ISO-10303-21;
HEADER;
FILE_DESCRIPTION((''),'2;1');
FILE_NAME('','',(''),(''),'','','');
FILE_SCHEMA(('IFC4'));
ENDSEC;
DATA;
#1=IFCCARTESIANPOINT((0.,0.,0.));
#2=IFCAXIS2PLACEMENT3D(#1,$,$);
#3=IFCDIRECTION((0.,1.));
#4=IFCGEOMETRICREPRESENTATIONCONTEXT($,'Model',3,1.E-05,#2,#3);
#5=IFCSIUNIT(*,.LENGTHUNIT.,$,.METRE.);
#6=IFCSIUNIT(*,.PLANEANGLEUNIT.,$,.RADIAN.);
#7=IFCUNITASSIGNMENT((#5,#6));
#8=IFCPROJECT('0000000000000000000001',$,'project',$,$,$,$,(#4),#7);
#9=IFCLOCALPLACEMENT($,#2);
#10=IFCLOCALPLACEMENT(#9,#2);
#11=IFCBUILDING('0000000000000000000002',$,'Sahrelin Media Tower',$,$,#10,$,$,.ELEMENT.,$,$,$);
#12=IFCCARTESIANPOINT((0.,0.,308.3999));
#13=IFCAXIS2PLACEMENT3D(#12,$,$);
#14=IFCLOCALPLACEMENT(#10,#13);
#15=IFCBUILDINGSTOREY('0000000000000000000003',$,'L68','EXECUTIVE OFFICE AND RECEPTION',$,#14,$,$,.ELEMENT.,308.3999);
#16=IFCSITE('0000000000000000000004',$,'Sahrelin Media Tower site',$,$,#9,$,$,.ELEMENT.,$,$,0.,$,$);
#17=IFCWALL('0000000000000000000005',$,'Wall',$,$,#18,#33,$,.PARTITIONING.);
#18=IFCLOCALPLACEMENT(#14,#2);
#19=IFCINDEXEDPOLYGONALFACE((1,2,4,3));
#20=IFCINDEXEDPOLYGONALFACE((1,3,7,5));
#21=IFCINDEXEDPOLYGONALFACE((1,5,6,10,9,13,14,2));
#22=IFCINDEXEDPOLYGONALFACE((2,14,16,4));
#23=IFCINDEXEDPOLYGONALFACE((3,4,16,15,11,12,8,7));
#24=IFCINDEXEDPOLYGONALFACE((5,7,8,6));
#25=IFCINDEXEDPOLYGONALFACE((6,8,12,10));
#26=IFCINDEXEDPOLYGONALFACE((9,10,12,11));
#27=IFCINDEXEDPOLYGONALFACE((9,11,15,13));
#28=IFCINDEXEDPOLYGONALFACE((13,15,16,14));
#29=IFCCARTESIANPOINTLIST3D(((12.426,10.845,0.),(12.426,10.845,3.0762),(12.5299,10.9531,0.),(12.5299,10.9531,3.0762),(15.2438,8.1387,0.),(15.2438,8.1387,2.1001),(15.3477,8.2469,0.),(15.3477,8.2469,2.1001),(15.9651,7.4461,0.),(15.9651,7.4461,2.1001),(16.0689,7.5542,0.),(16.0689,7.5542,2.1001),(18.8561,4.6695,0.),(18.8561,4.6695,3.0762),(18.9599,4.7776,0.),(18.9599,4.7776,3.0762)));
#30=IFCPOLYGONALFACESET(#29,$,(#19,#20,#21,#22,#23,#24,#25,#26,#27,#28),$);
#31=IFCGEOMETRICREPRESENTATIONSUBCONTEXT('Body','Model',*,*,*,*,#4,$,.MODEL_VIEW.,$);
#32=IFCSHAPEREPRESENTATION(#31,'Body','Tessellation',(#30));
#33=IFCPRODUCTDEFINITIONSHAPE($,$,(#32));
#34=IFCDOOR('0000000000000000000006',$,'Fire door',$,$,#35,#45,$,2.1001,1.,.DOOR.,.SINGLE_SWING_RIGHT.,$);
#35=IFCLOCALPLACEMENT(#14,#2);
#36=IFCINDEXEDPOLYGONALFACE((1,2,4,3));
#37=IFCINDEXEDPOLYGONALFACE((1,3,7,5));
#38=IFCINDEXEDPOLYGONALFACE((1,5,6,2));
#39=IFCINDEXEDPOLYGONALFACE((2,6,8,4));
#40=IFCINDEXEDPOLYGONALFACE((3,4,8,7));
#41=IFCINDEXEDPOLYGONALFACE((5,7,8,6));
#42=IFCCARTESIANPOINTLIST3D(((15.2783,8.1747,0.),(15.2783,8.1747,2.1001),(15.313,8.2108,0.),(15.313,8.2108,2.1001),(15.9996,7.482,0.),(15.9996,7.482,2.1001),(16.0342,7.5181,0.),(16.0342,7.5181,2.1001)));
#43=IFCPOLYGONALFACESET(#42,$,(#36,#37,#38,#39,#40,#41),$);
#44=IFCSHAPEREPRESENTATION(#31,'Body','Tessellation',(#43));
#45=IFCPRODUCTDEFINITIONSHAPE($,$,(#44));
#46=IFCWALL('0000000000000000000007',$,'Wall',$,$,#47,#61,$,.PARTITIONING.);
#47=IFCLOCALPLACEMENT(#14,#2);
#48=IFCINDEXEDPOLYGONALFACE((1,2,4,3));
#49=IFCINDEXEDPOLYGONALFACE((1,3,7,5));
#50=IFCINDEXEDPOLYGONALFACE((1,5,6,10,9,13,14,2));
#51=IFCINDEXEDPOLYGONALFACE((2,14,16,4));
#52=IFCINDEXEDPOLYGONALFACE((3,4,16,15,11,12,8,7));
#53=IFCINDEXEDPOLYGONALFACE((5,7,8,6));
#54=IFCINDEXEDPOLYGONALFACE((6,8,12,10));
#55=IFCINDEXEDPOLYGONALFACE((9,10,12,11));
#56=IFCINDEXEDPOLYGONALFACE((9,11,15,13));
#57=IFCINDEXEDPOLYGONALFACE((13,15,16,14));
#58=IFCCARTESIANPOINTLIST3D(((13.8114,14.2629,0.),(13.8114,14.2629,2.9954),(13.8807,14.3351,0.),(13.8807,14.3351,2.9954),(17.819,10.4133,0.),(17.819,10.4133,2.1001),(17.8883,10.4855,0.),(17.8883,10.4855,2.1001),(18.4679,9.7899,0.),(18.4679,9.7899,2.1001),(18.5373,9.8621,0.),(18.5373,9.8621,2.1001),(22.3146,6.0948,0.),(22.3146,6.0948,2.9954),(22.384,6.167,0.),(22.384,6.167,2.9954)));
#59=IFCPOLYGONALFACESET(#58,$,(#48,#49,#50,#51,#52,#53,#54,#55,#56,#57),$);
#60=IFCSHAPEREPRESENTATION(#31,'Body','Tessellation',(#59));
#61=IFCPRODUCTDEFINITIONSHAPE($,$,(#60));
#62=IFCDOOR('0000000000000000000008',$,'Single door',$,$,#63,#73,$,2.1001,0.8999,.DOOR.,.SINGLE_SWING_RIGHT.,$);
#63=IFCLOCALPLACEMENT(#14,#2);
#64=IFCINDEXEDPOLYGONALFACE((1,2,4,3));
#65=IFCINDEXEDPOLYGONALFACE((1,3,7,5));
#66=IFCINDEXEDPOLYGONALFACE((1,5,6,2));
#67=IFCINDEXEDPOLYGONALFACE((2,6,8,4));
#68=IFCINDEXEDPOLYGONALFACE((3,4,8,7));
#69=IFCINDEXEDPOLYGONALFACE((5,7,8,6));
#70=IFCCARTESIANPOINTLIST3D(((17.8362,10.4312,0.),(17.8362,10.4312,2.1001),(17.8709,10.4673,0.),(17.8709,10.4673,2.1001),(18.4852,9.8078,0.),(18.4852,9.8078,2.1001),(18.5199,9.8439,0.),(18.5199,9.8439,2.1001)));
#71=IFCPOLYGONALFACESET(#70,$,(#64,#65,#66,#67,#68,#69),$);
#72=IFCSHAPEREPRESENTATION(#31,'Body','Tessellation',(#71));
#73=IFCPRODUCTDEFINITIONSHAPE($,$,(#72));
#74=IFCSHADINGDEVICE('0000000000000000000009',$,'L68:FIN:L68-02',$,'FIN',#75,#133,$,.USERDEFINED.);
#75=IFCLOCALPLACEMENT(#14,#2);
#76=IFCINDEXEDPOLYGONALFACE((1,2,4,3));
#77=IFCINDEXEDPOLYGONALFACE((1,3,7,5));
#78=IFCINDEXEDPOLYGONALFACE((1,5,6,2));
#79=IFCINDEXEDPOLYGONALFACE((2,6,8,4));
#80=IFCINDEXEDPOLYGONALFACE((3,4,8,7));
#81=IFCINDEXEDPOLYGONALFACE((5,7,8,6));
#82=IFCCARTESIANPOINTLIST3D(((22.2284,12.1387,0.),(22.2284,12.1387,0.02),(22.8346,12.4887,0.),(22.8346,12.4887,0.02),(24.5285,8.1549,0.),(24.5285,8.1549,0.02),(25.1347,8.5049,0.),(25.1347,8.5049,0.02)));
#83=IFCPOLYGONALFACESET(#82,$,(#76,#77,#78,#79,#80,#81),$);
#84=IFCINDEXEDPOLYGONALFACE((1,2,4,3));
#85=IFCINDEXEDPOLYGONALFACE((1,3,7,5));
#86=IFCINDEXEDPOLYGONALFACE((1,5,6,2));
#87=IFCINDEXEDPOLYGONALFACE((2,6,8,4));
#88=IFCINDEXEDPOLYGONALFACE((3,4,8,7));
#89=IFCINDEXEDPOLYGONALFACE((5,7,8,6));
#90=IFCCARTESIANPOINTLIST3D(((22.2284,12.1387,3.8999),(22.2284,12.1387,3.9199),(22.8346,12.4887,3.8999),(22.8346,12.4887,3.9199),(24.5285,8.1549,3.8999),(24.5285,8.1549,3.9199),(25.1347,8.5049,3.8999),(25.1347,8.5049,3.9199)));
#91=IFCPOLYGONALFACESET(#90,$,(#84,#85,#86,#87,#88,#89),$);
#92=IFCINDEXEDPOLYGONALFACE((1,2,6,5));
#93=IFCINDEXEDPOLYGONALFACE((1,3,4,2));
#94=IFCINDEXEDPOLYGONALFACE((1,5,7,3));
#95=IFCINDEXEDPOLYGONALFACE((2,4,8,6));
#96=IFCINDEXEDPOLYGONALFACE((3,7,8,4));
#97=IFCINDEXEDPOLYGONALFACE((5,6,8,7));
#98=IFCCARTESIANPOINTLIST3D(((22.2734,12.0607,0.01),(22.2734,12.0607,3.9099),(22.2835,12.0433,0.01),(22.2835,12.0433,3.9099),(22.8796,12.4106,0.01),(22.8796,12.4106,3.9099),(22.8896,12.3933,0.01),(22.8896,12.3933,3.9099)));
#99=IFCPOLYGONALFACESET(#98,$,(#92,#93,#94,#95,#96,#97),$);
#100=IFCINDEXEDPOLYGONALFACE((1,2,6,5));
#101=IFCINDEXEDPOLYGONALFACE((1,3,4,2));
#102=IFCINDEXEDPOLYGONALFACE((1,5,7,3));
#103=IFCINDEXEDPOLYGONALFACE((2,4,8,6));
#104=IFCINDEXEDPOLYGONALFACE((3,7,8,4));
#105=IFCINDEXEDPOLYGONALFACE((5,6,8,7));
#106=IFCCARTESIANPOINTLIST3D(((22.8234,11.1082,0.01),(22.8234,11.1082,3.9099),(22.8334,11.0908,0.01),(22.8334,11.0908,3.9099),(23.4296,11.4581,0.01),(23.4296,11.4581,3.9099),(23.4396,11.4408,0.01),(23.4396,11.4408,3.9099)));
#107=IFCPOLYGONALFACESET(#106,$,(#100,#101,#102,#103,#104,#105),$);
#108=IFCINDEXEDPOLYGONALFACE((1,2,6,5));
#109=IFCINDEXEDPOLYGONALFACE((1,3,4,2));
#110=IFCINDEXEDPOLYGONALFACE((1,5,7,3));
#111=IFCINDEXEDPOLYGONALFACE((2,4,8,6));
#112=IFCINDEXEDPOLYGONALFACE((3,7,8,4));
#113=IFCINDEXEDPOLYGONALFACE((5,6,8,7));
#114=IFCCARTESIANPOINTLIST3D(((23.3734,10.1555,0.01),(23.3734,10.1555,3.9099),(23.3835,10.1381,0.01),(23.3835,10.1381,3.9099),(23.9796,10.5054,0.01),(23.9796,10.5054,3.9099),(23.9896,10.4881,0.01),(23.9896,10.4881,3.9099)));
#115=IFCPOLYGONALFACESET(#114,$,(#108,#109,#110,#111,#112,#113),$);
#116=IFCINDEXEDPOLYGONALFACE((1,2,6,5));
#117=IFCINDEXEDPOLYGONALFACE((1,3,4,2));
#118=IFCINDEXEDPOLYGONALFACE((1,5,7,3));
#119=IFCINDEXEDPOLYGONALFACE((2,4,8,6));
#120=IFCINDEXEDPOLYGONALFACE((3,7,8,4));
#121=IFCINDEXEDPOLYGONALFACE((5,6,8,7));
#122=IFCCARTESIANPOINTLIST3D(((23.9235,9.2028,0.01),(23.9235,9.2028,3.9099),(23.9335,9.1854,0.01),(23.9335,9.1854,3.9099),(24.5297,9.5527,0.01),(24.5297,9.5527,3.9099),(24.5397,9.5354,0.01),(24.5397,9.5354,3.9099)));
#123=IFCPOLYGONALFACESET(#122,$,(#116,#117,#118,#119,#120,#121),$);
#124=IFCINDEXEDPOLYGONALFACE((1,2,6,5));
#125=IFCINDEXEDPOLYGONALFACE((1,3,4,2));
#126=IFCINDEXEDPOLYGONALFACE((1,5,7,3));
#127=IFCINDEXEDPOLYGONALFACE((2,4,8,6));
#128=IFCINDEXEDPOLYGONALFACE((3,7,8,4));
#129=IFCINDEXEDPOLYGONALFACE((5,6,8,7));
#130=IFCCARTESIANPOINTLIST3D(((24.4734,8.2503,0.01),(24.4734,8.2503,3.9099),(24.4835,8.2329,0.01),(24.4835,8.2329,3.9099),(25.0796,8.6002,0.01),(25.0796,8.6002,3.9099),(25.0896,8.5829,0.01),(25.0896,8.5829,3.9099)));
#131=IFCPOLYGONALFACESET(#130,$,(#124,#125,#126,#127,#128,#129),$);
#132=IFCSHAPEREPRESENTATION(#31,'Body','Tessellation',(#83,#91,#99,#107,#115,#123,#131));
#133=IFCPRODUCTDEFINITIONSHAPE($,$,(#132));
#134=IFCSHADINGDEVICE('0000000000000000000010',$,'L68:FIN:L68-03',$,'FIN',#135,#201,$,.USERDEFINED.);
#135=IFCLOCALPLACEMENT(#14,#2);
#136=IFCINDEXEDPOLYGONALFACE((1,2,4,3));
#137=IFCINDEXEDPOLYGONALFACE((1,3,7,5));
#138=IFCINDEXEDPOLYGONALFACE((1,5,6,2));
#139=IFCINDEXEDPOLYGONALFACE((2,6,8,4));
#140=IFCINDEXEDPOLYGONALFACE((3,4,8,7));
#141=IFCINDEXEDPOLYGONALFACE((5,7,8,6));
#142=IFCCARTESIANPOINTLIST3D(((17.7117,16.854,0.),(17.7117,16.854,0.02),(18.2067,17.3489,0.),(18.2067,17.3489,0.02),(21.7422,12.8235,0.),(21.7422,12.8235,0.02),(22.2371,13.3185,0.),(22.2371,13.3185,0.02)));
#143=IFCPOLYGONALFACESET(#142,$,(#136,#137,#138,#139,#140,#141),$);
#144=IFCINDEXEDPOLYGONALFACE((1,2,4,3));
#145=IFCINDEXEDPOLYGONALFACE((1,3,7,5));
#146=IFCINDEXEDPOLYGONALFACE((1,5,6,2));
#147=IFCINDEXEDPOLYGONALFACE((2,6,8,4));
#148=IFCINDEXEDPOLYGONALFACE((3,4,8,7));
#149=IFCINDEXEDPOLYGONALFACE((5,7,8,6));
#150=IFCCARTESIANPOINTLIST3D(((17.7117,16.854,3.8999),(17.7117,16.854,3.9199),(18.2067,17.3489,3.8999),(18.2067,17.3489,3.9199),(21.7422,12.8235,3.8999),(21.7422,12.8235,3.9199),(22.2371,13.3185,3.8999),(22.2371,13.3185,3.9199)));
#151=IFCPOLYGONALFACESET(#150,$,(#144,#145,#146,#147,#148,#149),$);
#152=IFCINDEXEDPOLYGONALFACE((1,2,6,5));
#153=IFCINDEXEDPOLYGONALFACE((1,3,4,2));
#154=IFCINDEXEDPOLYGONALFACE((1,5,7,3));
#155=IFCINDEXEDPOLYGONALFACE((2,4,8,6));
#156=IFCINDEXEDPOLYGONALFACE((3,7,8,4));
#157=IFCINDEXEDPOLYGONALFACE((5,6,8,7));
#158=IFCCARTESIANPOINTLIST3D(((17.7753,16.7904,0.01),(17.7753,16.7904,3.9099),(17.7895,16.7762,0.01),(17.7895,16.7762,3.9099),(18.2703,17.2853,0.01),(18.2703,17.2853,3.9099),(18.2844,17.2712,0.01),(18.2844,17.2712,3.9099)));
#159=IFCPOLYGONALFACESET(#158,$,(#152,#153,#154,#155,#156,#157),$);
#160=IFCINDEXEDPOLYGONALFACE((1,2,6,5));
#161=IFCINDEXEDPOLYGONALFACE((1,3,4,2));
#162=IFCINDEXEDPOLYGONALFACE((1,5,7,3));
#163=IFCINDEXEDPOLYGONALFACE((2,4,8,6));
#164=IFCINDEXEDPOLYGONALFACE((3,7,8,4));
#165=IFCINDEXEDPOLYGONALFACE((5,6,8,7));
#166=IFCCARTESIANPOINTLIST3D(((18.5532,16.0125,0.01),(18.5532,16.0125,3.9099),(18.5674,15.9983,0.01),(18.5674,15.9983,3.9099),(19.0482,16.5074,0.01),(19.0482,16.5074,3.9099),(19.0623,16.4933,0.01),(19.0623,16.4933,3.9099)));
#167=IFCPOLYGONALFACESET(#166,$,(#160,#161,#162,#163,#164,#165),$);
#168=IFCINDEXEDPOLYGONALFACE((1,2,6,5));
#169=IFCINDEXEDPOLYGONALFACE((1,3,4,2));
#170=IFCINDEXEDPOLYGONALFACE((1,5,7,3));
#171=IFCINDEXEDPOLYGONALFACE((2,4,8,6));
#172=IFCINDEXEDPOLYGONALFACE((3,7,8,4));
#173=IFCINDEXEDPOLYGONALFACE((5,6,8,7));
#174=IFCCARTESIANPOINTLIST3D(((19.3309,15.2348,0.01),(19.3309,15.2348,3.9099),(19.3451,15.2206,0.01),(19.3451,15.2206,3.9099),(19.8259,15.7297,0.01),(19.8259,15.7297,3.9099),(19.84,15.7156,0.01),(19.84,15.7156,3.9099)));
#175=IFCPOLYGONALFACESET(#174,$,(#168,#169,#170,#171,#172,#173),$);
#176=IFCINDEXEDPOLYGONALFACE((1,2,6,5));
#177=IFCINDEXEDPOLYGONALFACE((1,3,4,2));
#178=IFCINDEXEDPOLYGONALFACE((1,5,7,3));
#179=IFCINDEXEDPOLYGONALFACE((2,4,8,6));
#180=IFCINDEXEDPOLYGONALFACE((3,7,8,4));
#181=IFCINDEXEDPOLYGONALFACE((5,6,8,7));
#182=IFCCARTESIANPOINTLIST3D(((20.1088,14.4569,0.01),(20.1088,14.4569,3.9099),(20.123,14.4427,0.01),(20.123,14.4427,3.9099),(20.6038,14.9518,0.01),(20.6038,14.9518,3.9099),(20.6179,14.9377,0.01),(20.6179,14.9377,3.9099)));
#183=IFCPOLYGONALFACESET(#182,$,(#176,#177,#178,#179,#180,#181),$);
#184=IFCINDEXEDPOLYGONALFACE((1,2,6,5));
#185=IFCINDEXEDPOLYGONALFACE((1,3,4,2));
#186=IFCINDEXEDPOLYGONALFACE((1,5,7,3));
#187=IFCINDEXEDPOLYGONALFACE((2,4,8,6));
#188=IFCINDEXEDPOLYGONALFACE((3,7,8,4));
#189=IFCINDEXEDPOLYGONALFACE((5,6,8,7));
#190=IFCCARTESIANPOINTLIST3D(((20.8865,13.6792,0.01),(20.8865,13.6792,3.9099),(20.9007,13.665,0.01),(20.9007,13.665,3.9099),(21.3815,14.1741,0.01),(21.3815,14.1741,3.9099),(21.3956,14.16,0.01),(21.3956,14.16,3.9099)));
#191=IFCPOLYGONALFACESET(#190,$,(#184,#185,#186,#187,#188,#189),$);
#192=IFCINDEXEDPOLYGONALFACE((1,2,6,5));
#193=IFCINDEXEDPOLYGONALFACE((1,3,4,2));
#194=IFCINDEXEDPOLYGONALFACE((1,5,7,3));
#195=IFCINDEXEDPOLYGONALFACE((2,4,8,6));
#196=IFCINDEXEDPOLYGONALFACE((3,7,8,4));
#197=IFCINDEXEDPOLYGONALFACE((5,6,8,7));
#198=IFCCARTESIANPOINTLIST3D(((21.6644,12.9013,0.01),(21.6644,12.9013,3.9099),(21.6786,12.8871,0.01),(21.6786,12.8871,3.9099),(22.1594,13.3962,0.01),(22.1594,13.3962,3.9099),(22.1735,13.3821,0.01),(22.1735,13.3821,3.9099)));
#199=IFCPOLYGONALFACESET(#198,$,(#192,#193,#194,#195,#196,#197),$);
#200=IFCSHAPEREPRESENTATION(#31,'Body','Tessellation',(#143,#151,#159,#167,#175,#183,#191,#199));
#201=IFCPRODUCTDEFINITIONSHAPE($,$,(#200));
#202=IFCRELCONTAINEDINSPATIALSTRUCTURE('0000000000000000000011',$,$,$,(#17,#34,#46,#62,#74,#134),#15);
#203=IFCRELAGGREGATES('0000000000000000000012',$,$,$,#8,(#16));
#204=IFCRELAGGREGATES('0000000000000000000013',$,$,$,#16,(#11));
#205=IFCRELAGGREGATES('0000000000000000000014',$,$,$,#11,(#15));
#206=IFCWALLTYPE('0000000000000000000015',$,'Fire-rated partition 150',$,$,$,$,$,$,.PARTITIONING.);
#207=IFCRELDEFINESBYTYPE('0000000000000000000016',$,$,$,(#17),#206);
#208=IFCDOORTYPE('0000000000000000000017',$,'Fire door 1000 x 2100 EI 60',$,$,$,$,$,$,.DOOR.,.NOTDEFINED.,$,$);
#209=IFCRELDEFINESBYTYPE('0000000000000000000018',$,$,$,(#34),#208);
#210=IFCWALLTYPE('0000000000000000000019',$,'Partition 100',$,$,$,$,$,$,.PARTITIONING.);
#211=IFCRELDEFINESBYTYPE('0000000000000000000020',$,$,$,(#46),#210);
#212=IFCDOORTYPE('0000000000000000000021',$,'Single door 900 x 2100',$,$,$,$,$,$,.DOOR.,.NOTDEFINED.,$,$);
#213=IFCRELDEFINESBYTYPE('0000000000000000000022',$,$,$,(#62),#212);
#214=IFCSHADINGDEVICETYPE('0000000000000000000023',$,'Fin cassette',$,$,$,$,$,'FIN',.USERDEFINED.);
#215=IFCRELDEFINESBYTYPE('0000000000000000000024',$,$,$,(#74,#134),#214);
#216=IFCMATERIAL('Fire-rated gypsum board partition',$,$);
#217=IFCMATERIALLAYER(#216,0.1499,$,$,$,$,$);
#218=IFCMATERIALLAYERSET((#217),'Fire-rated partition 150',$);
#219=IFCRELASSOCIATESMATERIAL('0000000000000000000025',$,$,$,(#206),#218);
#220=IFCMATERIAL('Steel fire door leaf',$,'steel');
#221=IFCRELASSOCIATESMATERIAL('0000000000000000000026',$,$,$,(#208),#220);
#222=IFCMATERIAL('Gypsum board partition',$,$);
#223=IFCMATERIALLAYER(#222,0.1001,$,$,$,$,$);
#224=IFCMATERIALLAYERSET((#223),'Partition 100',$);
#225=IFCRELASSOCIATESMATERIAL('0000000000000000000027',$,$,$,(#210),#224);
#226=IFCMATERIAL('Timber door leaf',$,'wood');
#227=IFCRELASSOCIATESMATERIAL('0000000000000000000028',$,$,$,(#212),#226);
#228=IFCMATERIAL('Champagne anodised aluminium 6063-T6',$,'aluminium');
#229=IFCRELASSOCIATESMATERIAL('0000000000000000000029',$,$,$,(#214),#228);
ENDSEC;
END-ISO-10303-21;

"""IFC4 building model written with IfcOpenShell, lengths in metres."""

from ifc_helpers import new_model, si_unit, direction, frame, frame_2d, origin, origin_2d, place, context, subcontext, project, spatial, rectangle, extrude, material, layer, layer_set, type_object, element, fill, save


model = new_model("IFC4")

# Units and contexts
model_context = context("Model", 3, precision=1e-05, world=origin(), true_north=direction((0.0, 1.0)))
body_context = subcontext(model_context, "Body", "Model", "MODEL_VIEW")
ifc_project = project(units=[si_unit("LENGTHUNIT", "METRE"), si_unit("PLANEANGLEUNIT", "RADIAN")], contexts=[model_context])

# Site, building, storey
site_placement = place(None, origin())
site = spatial("IfcSite", under=ifc_project, at=site_placement, Name="Sahrelin Media Tower site", CompositionType="ELEMENT", RefElevation=0.0)
building_placement = place(site_placement, origin())
building = spatial("IfcBuilding", under=site, at=building_placement, Name="Sahrelin Media Tower", CompositionType="ELEMENT")
storey_placement = place(building_placement, frame((0.0, 0.0, 308.3999)))
storey = spatial("IfcBuildingStorey", under=building, at=storey_placement, Name="L68", Description="EXECUTIVE OFFICE AND RECEPTION", CompositionType="ELEMENT", Elevation=308.3999)

# Shared definitions
ifc_material_1 = material(Name="Champagne anodised aluminium 6063-T6", Category="aluminium")

# Walls, openings, doors
ifc_material_2 = material(Name="Fire-rated gypsum board partition")
ifc_layer_1 = layer(ifc_material_2, 0.1499)
ifc_layer_set_1 = layer_set([ifc_layer_1], Name="Fire-rated partition 150")
wall_type_1 = type_object("IfcWallType", Name="Fire-rated partition 150", PredefinedType="PARTITIONING", material=ifc_layer_set_1)
wall_1_placement = place(storey_placement, frame((12.478, 10.8989, 0.0), z_axis=(0.0, 0.0, 1.0), x_axis=(0.721243, -0.692682, 0.0)))
wall_1 = element("IfcWall", 1, at=wall_1_placement, inside=storey, type_object=wall_type_1, Name="Wall", PredefinedType="PARTITIONING", context=body_context, shape_type="SweptSolid", body=[
    extrude(rectangle(XDim=8.9153, YDim=0.1499, at=frame_2d((4.4575, 0.0))), origin(), (0.0, 0.0, 1.0), 3.0762),
])
opening_1_placement = place(wall_1_placement, frame((3.9067, 0.0, 0.0)))
opening_1 = element("IfcOpeningElement", 2, at=opening_1_placement, cuts=wall_1, PredefinedType="OPENING", context=body_context, shape_type="SweptSolid", body=[
    extrude(rectangle(XDim=1.0, YDim=2.1001, at=frame_2d((0.5, 1.05))), frame((0.0, 0.075, 0.0), z_axis=(0.0, -1.0, 0.0), x_axis=(1.0, 0.0, 0.0)), (0.0, 0.0, 1.0), 0.1499),
])
ifc_material_3 = material(Name="Steel fire door leaf", Category="steel")
door_type_1 = type_object("IfcDoorType", Name="Fire door 1000 x 2100 EI 60", OperationType="NOTDEFINED", PredefinedType="DOOR", material=ifc_material_3)
door_1_placement = place(opening_1_placement, origin())
door_1 = element("IfcDoor", 3, at=door_1_placement, inside=storey, type_object=door_type_1, Name="Fire door", OperationType="SINGLE_SWING_RIGHT", OverallHeight=2.1001, OverallWidth=1.0, PredefinedType="DOOR", context=body_context, shape_type="SweptSolid", body=[
    extrude(rectangle(XDim=1.0, YDim=2.1001, at=frame_2d((0.5, 1.05))), frame((0.0, 0.0249, 0.0), z_axis=(0.0, -1.0, 0.0), x_axis=(1.0, 0.0, 0.0)), (0.0, 0.0, 1.0), 0.05),
])
fill(opening_1, door_1)
ifc_material_4 = material(Name="Gypsum board partition")
ifc_layer_2 = layer(ifc_material_4, 0.1001)
ifc_layer_set_2 = layer_set([ifc_layer_2], Name="Partition 100")
wall_type_2 = type_object("IfcWallType", Name="Partition 100", PredefinedType="PARTITIONING", material=ifc_layer_set_2)
wall_2_placement = place(storey_placement, frame((13.8459, 14.2991, 0.0), z_axis=(0.0, 0.0, 1.0), x_axis=(0.721179, -0.692749, 0.0)))
wall_2 = element("IfcWall", 4, at=wall_2_placement, inside=storey, type_object=wall_type_2, Name="Wall", PredefinedType="PARTITIONING", context=body_context, shape_type="SweptSolid", body=[
    extrude(rectangle(XDim=11.7908, YDim=0.1001, at=frame_2d((5.8955, 0.0))), origin(), (0.0, 0.0, 1.0), 2.9954),
])
opening_2_placement = place(wall_2_placement, frame((5.5571, 0.0, 0.0)))
opening_2 = element("IfcOpeningElement", 5, at=opening_2_placement, cuts=wall_2, PredefinedType="OPENING", context=body_context, shape_type="SweptSolid", body=[
    extrude(rectangle(XDim=0.8999, YDim=2.1001, at=frame_2d((0.45, 1.05))), frame((0.0, 0.05, 0.0), z_axis=(0.0, -1.0, 0.0), x_axis=(1.0, 0.0, 0.0)), (0.0, 0.0, 1.0), 0.1001),
])
ifc_material_5 = material(Name="Timber door leaf", Category="wood")
door_type_2 = type_object("IfcDoorType", Name="Single door 900 x 2100", OperationType="NOTDEFINED", PredefinedType="DOOR", material=ifc_material_5)
door_2_placement = place(opening_2_placement, origin())
door_2 = element("IfcDoor", 6, at=door_2_placement, inside=storey, type_object=door_type_2, Name="Single door", OperationType="SINGLE_SWING_RIGHT", OverallHeight=2.1001, OverallWidth=0.8999, PredefinedType="DOOR", context=body_context, shape_type="SweptSolid", body=[
    extrude(rectangle(XDim=0.8999, YDim=2.1001, at=frame_2d((0.45, 1.05))), frame((0.0, 0.0249, 0.0), z_axis=(0.0, -1.0, 0.0), x_axis=(1.0, 0.0, 0.0)), (0.0, 0.0, 1.0), 0.05),
])
fill(opening_2, door_2)

# Shading devices
shading_device_type_1 = type_object("IfcShadingDeviceType", Name="Fin cassette", ElementType="FIN", PredefinedType="USERDEFINED", material=ifc_material_1)
placement_1 = place(storey_placement, frame((23.3179, 10.1118, 0.0), z_axis=(0.0, 0.0, 1.0), x_axis=(0.500011, -0.866019, 0.0)))
element("IfcShadingDevice", 7, at=placement_1, inside=storey, type_object=shading_device_type_1, Name="L68:FIN:L68-02", ObjectType="FIN", PredefinedType="USERDEFINED", context=body_context, shape_type="SweptSolid", body=[
    extrude(rectangle(XDim=4.6001, YDim=0.7, at=origin_2d()), frame((0.0, 0.4199, 0.0)), (0.0, 0.0, 1.0), 0.02),
    extrude(rectangle(XDim=4.6001, YDim=0.7, at=origin_2d()), frame((0.0, 0.4199, 3.8999)), (0.0, 0.0, 1.0), 0.02),
    extrude(rectangle(XDim=0.02, YDim=0.7, at=origin_2d()), frame((-2.2, 0.4199, 0.01), z_axis=(0.0, 0.0, 1.0), x_axis=(1.0, 0.0, 0.0)), (0.0, 0.0, 1.0), 3.8999),
    extrude(rectangle(XDim=0.02, YDim=0.7, at=origin_2d()), frame((-1.1001, 0.4199, 0.01), z_axis=(0.0, 0.0, 1.0), x_axis=(1.0, 0.0, 0.0)), (0.0, 0.0, 1.0), 3.8999),
    extrude(rectangle(XDim=0.02, YDim=0.7, at=origin_2d()), frame((0.0, 0.4199, 0.01), z_axis=(0.0, 0.0, 1.0), x_axis=(1.0, 0.0, 0.0)), (0.0, 0.0, 1.0), 3.8999),
    extrude(rectangle(XDim=0.02, YDim=0.7, at=origin_2d()), frame((1.1001, 0.4199, 0.01), z_axis=(0.0, 0.0, 1.0), x_axis=(1.0, 0.0, 0.0)), (0.0, 0.0, 1.0), 3.8999),
    extrude(rectangle(XDim=0.02, YDim=0.7, at=origin_2d()), frame((2.2, 0.4199, 0.01), z_axis=(0.0, 0.0, 1.0), x_axis=(1.0, 0.0, 0.0)), (0.0, 0.0, 1.0), 3.8999),
])
placement_2 = place(storey_placement, frame((19.6775, 14.7893, 0.0), z_axis=(0.0, 0.0, 1.0), x_axis=(0.707107, -0.707107, 0.0)))
element("IfcShadingDevice", 8, at=placement_2, inside=storey, type_object=shading_device_type_1, Name="L68:FIN:L68-03", ObjectType="FIN", PredefinedType="USERDEFINED", context=body_context, shape_type="SweptSolid", body=[
    extrude(rectangle(XDim=5.7, YDim=0.7, at=origin_2d()), frame((0.0, 0.4199, 0.0)), (0.0, 0.0, 1.0), 0.02),
    extrude(rectangle(XDim=5.7, YDim=0.7, at=origin_2d()), frame((0.0, 0.4199, 3.8999)), (0.0, 0.0, 1.0), 0.02),
    extrude(rectangle(XDim=0.02, YDim=0.7, at=origin_2d()), frame((-2.75, 0.4199, 0.01), z_axis=(0.0, 0.0, 1.0), x_axis=(1.0, 0.0, 0.0)), (0.0, 0.0, 1.0), 3.8999),
    extrude(rectangle(XDim=0.02, YDim=0.7, at=origin_2d()), frame((-1.6499, 0.4199, 0.01), z_axis=(0.0, 0.0, 1.0), x_axis=(1.0, 0.0, 0.0)), (0.0, 0.0, 1.0), 3.8999),
    extrude(rectangle(XDim=0.02, YDim=0.7, at=origin_2d()), frame((-0.55, 0.4199, 0.01), z_axis=(0.0, 0.0, 1.0), x_axis=(1.0, 0.0, 0.0)), (0.0, 0.0, 1.0), 3.8999),
    extrude(rectangle(XDim=0.02, YDim=0.7, at=origin_2d()), frame((0.55, 0.4199, 0.01), z_axis=(0.0, 0.0, 1.0), x_axis=(1.0, 0.0, 0.0)), (0.0, 0.0, 1.0), 3.8999),
    extrude(rectangle(XDim=0.02, YDim=0.7, at=origin_2d()), frame((1.6499, 0.4199, 0.01), z_axis=(0.0, 0.0, 1.0), x_axis=(1.0, 0.0, 0.0)), (0.0, 0.0, 1.0), 3.8999),
    extrude(rectangle(XDim=0.02, YDim=0.7, at=origin_2d()), frame((2.75, 0.4199, 0.01), z_axis=(0.0, 0.0, 1.0), x_axis=(1.0, 0.0, 0.0)), (0.0, 0.0, 1.0), 3.8999),
])

save(model, "model.ifc")
